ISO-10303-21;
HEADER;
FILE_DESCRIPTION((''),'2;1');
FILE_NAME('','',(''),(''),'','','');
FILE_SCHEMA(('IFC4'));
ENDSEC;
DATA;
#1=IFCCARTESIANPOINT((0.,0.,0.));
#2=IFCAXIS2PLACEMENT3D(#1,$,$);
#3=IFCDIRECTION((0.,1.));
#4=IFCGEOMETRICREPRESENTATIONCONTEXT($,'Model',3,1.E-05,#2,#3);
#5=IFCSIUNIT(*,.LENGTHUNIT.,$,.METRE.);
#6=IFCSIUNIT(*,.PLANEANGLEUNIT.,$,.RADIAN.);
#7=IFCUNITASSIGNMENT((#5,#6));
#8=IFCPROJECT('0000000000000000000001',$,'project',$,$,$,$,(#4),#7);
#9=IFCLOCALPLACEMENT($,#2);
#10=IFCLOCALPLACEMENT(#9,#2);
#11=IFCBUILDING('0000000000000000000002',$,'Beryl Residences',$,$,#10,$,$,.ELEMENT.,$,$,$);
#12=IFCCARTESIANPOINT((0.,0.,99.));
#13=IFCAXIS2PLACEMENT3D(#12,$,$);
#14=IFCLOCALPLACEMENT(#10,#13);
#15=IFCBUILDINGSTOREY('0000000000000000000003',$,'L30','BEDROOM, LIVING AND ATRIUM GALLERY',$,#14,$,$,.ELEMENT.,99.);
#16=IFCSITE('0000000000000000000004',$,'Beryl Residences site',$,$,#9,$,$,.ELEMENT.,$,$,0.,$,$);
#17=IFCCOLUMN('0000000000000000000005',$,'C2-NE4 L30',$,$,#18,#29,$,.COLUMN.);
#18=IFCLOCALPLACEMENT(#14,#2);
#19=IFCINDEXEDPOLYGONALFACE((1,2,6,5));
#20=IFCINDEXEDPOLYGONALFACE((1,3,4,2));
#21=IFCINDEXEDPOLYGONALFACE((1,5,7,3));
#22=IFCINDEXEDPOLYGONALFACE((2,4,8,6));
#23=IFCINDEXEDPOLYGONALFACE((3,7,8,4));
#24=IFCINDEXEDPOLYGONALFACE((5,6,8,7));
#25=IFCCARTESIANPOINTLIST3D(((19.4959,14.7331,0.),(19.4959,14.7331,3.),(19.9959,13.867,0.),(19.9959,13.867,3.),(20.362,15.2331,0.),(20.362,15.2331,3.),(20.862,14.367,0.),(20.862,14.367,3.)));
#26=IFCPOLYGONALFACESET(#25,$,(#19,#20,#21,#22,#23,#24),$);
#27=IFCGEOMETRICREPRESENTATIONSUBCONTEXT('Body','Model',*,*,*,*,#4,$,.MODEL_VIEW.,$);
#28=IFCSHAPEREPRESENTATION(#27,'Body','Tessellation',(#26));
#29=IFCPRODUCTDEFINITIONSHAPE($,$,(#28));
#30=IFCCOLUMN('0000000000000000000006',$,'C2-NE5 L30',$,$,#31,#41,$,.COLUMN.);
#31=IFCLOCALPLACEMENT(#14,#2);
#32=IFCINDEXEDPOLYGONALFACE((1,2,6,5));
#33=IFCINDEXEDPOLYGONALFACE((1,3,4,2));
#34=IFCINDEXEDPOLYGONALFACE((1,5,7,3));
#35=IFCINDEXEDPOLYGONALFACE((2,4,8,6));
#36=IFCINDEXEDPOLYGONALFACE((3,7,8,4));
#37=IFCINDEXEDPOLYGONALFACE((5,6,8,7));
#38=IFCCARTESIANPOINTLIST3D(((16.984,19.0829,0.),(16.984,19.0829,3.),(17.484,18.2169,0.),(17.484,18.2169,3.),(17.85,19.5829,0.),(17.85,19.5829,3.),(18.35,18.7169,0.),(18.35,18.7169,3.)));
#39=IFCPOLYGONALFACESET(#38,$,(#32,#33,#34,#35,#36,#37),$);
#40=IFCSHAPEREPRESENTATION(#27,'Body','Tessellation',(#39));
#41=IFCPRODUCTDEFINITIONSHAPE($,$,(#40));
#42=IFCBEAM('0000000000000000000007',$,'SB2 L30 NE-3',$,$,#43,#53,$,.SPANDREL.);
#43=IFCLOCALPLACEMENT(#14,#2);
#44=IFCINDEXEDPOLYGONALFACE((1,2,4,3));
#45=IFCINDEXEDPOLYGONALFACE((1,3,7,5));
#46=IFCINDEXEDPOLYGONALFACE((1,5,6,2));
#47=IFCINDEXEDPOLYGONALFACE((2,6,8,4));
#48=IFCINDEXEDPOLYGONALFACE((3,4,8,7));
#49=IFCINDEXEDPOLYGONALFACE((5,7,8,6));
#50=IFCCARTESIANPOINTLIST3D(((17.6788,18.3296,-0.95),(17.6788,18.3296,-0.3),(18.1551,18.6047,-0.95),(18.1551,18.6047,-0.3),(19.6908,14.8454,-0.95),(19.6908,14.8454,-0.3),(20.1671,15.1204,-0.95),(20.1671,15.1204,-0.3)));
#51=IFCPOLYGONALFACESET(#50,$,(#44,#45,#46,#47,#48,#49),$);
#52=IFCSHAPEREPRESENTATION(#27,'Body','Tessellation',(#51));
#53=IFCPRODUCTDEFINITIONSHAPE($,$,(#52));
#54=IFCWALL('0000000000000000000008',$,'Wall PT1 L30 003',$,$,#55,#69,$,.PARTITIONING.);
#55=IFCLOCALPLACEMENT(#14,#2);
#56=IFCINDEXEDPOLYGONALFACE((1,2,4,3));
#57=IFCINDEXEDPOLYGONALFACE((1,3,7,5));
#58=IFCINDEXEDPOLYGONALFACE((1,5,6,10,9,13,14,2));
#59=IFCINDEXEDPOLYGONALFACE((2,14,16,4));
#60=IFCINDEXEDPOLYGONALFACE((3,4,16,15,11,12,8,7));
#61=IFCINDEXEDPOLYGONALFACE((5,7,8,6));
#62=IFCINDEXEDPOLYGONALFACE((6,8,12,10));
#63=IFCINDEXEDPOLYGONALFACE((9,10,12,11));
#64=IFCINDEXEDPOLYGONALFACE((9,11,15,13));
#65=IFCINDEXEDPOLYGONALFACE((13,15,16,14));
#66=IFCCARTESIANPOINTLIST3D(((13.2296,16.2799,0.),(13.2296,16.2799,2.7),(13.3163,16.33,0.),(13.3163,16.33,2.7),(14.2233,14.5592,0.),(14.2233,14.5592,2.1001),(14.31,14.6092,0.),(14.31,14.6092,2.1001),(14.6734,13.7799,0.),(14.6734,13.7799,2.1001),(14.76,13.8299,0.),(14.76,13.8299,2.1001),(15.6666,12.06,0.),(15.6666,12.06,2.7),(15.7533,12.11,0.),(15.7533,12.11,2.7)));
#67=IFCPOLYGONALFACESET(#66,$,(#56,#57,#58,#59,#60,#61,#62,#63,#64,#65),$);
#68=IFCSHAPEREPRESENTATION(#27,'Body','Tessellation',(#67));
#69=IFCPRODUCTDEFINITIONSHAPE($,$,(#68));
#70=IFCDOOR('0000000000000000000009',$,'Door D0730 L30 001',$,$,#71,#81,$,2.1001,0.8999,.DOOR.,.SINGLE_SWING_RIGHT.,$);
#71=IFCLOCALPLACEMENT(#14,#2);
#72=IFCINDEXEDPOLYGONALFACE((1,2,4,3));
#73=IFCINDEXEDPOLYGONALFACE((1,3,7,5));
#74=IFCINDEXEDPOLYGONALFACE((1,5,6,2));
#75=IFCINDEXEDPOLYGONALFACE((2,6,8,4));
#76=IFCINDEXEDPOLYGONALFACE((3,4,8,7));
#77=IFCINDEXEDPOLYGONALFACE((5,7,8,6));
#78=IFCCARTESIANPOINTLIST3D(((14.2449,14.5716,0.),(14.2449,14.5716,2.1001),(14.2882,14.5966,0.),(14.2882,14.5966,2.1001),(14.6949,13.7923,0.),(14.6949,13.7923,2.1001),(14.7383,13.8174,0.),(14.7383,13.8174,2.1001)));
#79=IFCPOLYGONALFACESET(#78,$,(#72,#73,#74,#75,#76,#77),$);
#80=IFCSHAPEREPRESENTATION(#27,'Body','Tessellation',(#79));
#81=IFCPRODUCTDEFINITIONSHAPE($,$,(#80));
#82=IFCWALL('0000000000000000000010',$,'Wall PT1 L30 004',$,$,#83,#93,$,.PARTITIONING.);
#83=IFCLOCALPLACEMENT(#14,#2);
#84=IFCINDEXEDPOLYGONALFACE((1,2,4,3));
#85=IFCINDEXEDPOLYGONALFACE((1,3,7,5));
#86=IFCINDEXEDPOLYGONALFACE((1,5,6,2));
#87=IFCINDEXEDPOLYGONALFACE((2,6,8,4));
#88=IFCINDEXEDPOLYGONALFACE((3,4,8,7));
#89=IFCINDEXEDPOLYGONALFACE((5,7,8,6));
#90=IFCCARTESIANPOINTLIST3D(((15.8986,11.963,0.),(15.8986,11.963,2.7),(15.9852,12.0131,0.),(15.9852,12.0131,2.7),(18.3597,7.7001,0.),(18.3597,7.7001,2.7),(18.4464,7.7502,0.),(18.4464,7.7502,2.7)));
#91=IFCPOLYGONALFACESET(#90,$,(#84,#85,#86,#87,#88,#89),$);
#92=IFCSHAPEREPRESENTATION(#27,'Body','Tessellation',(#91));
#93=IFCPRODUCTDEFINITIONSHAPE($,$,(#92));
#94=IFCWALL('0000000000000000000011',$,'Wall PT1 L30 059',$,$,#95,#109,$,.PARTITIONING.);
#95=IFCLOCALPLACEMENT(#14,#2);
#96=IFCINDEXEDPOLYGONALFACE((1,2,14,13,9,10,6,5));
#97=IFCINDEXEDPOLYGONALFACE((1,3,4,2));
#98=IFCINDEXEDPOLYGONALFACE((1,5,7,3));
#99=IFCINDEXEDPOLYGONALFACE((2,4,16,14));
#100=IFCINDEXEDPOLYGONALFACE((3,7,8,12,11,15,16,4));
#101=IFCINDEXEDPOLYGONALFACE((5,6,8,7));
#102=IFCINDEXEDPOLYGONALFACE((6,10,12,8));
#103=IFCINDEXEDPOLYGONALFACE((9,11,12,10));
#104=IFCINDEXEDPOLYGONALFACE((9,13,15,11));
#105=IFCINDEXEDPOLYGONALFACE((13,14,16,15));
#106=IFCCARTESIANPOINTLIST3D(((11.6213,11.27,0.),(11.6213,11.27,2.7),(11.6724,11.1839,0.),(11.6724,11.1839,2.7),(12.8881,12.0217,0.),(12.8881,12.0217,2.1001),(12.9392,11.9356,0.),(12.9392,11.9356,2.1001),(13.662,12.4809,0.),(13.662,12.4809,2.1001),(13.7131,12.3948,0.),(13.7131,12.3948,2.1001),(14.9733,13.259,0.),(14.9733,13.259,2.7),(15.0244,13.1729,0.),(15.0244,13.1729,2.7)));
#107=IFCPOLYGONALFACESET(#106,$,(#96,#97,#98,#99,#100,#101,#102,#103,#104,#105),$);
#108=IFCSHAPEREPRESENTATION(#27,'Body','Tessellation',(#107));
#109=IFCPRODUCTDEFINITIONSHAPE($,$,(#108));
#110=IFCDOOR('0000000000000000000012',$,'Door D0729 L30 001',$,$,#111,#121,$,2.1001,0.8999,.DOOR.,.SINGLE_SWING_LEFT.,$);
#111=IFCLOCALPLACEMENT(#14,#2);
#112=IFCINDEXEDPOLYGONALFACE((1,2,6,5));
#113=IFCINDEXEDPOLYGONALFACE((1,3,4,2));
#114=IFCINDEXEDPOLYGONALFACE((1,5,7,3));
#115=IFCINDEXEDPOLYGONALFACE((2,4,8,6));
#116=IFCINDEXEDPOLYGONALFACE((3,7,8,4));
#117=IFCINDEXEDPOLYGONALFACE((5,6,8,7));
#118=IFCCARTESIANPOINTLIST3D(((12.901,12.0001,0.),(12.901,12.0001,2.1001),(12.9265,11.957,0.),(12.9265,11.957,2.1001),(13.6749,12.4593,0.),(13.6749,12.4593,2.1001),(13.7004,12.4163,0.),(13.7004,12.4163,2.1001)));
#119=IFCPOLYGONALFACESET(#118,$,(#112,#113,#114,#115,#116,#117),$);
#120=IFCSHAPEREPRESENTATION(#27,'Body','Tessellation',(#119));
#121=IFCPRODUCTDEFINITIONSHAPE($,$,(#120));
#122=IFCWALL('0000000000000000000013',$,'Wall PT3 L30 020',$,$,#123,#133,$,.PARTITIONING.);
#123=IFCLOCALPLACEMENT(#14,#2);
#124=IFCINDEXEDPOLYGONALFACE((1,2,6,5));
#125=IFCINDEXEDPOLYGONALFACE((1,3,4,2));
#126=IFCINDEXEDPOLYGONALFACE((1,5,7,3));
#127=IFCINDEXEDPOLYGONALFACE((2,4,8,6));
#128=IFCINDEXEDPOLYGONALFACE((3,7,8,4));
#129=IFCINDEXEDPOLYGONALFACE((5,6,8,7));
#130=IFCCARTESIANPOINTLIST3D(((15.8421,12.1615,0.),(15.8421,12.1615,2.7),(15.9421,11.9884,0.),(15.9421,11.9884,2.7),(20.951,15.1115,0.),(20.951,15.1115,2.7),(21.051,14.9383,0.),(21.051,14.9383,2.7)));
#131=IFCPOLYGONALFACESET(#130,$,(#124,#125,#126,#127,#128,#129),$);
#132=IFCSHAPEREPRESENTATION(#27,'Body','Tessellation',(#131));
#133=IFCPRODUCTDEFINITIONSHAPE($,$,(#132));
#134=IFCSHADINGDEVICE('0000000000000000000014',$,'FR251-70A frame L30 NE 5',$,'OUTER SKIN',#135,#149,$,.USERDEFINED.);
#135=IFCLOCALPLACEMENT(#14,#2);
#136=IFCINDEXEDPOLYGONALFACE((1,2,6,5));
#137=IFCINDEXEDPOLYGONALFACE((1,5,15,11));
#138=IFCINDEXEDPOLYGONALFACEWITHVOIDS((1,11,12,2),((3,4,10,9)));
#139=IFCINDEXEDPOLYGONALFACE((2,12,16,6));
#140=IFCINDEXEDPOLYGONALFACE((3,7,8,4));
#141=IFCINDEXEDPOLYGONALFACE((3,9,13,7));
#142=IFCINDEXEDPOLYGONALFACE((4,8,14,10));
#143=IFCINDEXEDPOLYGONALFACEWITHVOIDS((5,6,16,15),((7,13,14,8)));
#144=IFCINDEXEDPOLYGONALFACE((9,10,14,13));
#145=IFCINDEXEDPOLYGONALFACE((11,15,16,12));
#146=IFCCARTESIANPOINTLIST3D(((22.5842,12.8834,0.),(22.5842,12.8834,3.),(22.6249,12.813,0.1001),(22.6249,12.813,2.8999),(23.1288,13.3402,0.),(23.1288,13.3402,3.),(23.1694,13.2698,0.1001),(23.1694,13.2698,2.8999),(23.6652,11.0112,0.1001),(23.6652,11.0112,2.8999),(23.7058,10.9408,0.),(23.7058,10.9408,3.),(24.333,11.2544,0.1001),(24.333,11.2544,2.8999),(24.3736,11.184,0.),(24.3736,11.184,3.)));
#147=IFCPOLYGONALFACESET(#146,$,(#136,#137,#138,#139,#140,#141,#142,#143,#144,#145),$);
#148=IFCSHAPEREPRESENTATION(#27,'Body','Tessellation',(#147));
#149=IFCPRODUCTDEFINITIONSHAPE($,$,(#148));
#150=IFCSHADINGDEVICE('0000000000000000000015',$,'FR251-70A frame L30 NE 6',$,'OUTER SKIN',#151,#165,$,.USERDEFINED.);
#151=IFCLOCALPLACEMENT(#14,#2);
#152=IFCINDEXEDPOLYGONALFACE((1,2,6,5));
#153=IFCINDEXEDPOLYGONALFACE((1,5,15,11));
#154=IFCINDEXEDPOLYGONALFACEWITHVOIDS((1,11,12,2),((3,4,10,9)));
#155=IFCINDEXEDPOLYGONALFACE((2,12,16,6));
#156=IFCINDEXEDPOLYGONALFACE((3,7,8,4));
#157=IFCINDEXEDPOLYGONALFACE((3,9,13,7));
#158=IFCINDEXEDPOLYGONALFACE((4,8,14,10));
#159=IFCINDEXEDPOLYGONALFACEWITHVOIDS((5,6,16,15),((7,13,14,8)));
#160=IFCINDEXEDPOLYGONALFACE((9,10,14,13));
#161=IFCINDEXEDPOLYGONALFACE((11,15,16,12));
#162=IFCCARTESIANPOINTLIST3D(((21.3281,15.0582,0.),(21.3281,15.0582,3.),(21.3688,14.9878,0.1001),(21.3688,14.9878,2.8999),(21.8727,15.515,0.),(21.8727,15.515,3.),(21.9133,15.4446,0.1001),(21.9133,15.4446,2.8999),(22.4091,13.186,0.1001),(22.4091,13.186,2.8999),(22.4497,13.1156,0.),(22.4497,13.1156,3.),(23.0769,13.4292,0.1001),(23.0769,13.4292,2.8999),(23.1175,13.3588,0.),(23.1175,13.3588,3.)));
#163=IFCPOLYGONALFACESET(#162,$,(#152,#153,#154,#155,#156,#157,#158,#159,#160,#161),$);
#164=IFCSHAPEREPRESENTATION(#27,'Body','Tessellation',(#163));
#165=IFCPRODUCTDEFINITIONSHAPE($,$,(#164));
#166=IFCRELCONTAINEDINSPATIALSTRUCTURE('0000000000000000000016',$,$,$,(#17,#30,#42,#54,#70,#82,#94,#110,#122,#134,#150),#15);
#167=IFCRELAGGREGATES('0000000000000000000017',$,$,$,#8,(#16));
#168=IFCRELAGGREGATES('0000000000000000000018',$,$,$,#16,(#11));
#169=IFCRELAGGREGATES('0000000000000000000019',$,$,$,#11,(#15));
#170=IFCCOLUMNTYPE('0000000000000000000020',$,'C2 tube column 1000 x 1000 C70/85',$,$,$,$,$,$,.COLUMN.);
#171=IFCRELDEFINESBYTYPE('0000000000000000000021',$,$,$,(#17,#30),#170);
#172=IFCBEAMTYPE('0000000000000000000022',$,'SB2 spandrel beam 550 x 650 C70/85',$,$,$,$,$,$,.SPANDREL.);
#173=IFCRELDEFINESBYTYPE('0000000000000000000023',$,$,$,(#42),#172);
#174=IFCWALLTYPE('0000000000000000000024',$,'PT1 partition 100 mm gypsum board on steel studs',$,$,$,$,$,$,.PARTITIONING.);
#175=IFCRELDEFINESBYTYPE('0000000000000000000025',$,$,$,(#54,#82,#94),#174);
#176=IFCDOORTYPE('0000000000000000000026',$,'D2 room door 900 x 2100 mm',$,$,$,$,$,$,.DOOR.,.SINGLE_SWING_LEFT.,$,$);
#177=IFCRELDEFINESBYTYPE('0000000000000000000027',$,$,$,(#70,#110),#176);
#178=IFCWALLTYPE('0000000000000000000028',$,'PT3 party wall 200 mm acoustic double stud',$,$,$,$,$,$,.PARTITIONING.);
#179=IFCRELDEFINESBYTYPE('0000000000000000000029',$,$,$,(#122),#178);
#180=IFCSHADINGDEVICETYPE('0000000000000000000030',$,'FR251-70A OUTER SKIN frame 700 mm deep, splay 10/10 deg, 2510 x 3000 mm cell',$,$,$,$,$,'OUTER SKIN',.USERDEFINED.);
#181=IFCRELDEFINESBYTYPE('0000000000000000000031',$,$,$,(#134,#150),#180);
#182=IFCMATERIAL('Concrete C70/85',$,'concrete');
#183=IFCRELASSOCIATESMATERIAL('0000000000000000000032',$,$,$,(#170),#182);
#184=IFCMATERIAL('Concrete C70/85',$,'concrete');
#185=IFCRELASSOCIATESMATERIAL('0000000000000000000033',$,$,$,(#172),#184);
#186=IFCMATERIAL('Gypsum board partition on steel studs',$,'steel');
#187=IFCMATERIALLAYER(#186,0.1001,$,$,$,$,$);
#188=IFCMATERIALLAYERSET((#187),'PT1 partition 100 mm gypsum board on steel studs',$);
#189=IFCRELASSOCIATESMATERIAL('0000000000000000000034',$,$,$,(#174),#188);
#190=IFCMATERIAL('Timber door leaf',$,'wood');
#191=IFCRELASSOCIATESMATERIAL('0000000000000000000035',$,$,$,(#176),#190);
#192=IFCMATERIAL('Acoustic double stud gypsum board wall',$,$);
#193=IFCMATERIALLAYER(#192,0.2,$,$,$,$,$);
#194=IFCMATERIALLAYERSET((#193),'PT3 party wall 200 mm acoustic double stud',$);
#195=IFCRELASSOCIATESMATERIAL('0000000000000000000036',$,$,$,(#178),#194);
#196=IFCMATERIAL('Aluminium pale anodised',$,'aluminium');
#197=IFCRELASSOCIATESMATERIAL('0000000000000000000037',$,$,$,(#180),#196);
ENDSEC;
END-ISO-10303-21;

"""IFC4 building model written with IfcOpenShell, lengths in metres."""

from ifc_helpers import new_model, entity, si_unit, direction, frame, frame_2d, origin, origin_2d, place, context, subcontext, project, spatial, rectangle, extrude, source, transform, mapped, material, layer, layer_set, material_profile, profile_set, type_object, type_shapes, element, fill, save


model = new_model("IFC4")

# Units and contexts
model_context = context("Model", 3, precision=1e-05, world=origin(), true_north=direction((0.0, 1.0)))
body_context = subcontext(model_context, "Body", "Model", "MODEL_VIEW")
ifc_project = project(units=[si_unit("LENGTHUNIT", "METRE"), si_unit("PLANEANGLEUNIT", "RADIAN")], contexts=[model_context])

# Site, building, storey
site_placement = place(None, origin())
site = spatial("IfcSite", under=ifc_project, at=site_placement, Name="Beryl Residences site", CompositionType="ELEMENT", RefElevation=0.0)
building_placement = place(site_placement, origin())
building = spatial("IfcBuilding", under=site, at=building_placement, Name="Beryl Residences", CompositionType="ELEMENT")
storey_placement = place(building_placement, frame((0.0, 0.0, 99.0)))
storey = spatial("IfcBuildingStorey", under=building, at=storey_placement, Name="L30", Description="BEDROOM, LIVING AND ATRIUM GALLERY", CompositionType="ELEMENT", Elevation=99.0)

# Columns
ifc_material_1 = material(Name="Concrete C70/85", Category="concrete")
ifc_material_profile_1 = material_profile(ifc_material_1, rectangle(XDim=1.0, YDim=1.0, at=origin_2d()))
ifc_profile_set_1 = profile_set([ifc_material_profile_1], Name="Concrete C70/85")
column_type = type_object("IfcColumnType", Name="C2 tube column 1000 x 1000 C70/85", PredefinedType="COLUMN", material=ifc_profile_set_1)
for number, where, z_axis, x_axis, name in (
    (1, (20.179, 14.55, 0.0), (0.0, 0.0, 1.0), (-0.5, 0.866025, 0.0), "C2-NE4 L30"),
    (2, (17.667, 18.8999, 0.0), (0.0, 0.0, 1.0), (-0.5, 0.866025, 0.0), "C2-NE5 L30"),
):
    element("IfcColumn", number, at=place(storey_placement, frame(where, z_axis=z_axis, x_axis=x_axis)), inside=storey, type_object=column_type, Name=name, PredefinedType="COLUMN", context=body_context, shape_type="SweptSolid", body=[
        extrude(rectangle(XDim=1.0, YDim=1.0, at=origin_2d()), origin(), (0.0, 0.0, 1.0), 3.0),
    ])

# Beam
ifc_material_2 = material(Name="Concrete C70/85", Category="concrete")
ifc_material_profile_2 = material_profile(ifc_material_2, rectangle(XDim=0.55, YDim=0.6499, at=origin_2d()))
ifc_profile_set_2 = profile_set([ifc_material_profile_2], Name="Concrete C70/85")
beam_type = type_object("IfcBeamType", Name="SB2 spandrel beam 550 x 650 C70/85", PredefinedType="SPANDREL", material=ifc_profile_set_2)
beam_placement = place(storey_placement, frame((19.929, 14.9829, -0.625), z_axis=(-0.500074, 0.865982, 0.0), x_axis=(-0.865982, -0.500074, 0.0)))
element("IfcBeam", 3, at=beam_placement, inside=storey, type_object=beam_type, Name="SB2 L30 NE-3", PredefinedType="SPANDREL", context=body_context, shape_type="SweptSolid", body=[
    extrude(rectangle(XDim=0.55, YDim=0.6499, at=origin_2d()), origin(), (0.0, 0.0, 1.0), 4.0234),
])

# Wall, opening, door
ifc_material_3 = material(Name="Gypsum board partition on steel studs", Category="steel")
ifc_layer_1 = layer(ifc_material_3, 0.1001)
ifc_layer_set_1 = layer_set([ifc_layer_1], Name="PT1 partition 100 mm gypsum board on steel studs")
wall_type_1 = type_object("IfcWallType", Name="PT1 partition 100 mm gypsum board on steel studs", PredefinedType="PARTITIONING", material=ifc_layer_set_1)
wall_1_placement = place(storey_placement, frame((13.2729, 16.3049, 0.0), z_axis=(0.0, 0.0, 1.0), x_axis=(0.500094, -0.865971, 0.0)))
wall_1 = element("IfcWall", 4, at=wall_1_placement, inside=storey, type_object=wall_type_1, Name="Wall PT1 L30 003", PredefinedType="PARTITIONING", context=body_context, shape_type="SweptSolid", body=[
    extrude(rectangle(XDim=4.873, YDim=0.1001, at=frame_2d((2.4365, 0.0))), origin(), (0.0, 0.0, 1.0), 2.7),
])
opening_1_placement = place(wall_1_placement, frame((1.9871, 0.0, 0.0)))
opening_1 = element("IfcOpeningElement", 5, at=opening_1_placement, cuts=wall_1, PredefinedType="OPENING", context=body_context, shape_type="SweptSolid", body=[
    extrude(rectangle(XDim=0.8999, YDim=2.1001, at=frame_2d((0.45, 1.05))), frame((0.0, 0.0601, 0.0), z_axis=(0.0, -1.0, 0.0), x_axis=(1.0, 0.0, 0.0)), (0.0, 0.0, 1.0), 0.1201),
])
ifc_material_4 = material(Name="Timber door leaf", Category="wood")
door_type = type_object("IfcDoorType", Name="D2 room door 900 x 2100 mm", OperationType="SINGLE_SWING_LEFT", PredefinedType="DOOR", material=ifc_material_4)
door_1_placement = place(opening_1_placement, origin())
door_1 = element("IfcDoor", 6, at=door_1_placement, inside=storey, type_object=door_type, Name="Door D0730 L30 001", OperationType="SINGLE_SWING_RIGHT", OverallHeight=2.1001, OverallWidth=0.8999, PredefinedType="DOOR", context=body_context, shape_type="SweptSolid", body=[
    extrude(rectangle(XDim=0.8999, YDim=2.1001, at=frame_2d((0.45, 1.05))), frame((0.0, 0.0249, 0.0), z_axis=(0.0, -1.0, 0.0), x_axis=(1.0, 0.0, 0.0)), (0.0, 0.0, 1.0), 0.05),
])
fill(opening_1, door_1)

# Wall
wall_2_placement = place(storey_placement, frame((15.9419, 11.988, 0.0), z_axis=(0.0, 0.0, 1.0), x_axis=(0.499996, -0.866028, 0.0)))
element("IfcWall", 7, at=wall_2_placement, inside=storey, type_object=wall_type_1, Name="Wall PT1 L30 004", PredefinedType="PARTITIONING", context=body_context, shape_type="SweptSolid", body=[
    extrude(rectangle(XDim=4.9224, YDim=0.1001, at=frame_2d((2.4612, 0.0))), origin(), (0.0, 0.0, 1.0), 2.7),
])

# Wall, opening, door
wall_3_placement = place(storey_placement, frame((11.647, 11.2271, 0.0), z_axis=(0.0, 0.0, 1.0), x_axis=(0.859997, 0.510299, 0.0)))
wall_3 = element("IfcWall", 8, at=wall_3_placement, inside=storey, type_object=wall_type_1, Name="Wall PT1 L30 059", PredefinedType="PARTITIONING", context=body_context, shape_type="SweptSolid", body=[
    extrude(rectangle(XDim=3.8977, YDim=0.1001, at=frame_2d((1.9487, 0.0))), origin(), (0.0, 0.0, 1.0), 2.7),
])
opening_2_placement = place(wall_3_placement, frame((1.4729, 0.0, 0.0)))
opening_2 = element("IfcOpeningElement", 9, at=opening_2_placement, cuts=wall_3, PredefinedType="OPENING", context=body_context, shape_type="SweptSolid", body=[
    extrude(rectangle(XDim=0.8999, YDim=2.1001, at=frame_2d((0.45, 1.05))), frame((0.0, 0.0601, 0.0), z_axis=(0.0, -1.0, 0.0), x_axis=(1.0, 0.0, 0.0)), (0.0, 0.0, 1.0), 0.1201),
])
door_2_placement = place(opening_2_placement, origin())
door_2 = element("IfcDoor", 10, at=door_2_placement, inside=storey, type_object=door_type, Name="Door D0729 L30 001", OperationType="SINGLE_SWING_LEFT", OverallHeight=2.1001, OverallWidth=0.8999, PredefinedType="DOOR", context=body_context, shape_type="SweptSolid", body=[
    extrude(rectangle(XDim=0.8999, YDim=2.1001, at=frame_2d((0.45, 1.05))), frame((0.0, 0.0249, 0.0), z_axis=(0.0, -1.0, 0.0), x_axis=(1.0, 0.0, 0.0)), (0.0, 0.0, 1.0), 0.05),
])
fill(opening_2, door_2)

# Wall
ifc_material_5 = material(Name="Acoustic double stud gypsum board wall")
ifc_layer_2 = layer(ifc_material_5, 0.2)
ifc_layer_set_2 = layer_set([ifc_layer_2], Name="PT3 party wall 200 mm acoustic double stud")
wall_type_2 = type_object("IfcWallType", Name="PT3 party wall 200 mm acoustic double stud", PredefinedType="PARTITIONING", material=ifc_layer_set_2)
wall_4_placement = place(storey_placement, frame((15.8921, 12.075, 0.0), z_axis=(0.0, 0.0, 1.0), x_axis=(0.866001, 0.500042, 0.0)))
element("IfcWall", 11, at=wall_4_placement, inside=storey, type_object=wall_type_2, Name="Wall PT3 L30 020", PredefinedType="PARTITIONING", context=body_context, shape_type="SweptSolid", body=[
    extrude(rectangle(XDim=5.8994, YDim=0.2, at=frame_2d((2.9497, 0.0))), origin(), (0.0, 0.0, 1.0), 2.7),
])

# Shading devices
ifc_material_6 = material(Name="Aluminium pale anodised", Category="aluminium")
shading_device_type = type_object("IfcShadingDeviceType", Name="FR251-70A OUTER SKIN frame 700 mm deep, splay 10/10 deg, 2510 x 3000 mm cell", ElementType="OUTER SKIN", PredefinedType="USERDEFINED", material=ifc_material_6)
cartesian_point_1 = entity("IfcCartesianPoint", [-1.1216, 0.0])
cartesian_point_2 = entity("IfcCartesianPoint", [-1.0403, 0.1001])
cartesian_point_3 = entity("IfcCartesianPoint", [-1.2449, 0.0])
cartesian_point_4 = entity("IfcCartesianPoint", [-1.1636, 0.1001])
shared_shape_1 = source(origin(), body_context, "Body", "SweptSolid", [
    entity("IfcExtrudedAreaSolidTapered", entity("IfcArbitraryProfileDefWithVoids", "AREA", None, entity("IfcPolyline", [cartesian_point_1, entity("IfcCartesianPoint", [1.1216, 0.0]), entity("IfcCartesianPoint", [1.1216, 3.0]), entity("IfcCartesianPoint", [-1.1216, 3.0]), cartesian_point_1]), [entity("IfcPolyline", [cartesian_point_2, entity("IfcCartesianPoint", [1.0403, 0.1001]), entity("IfcCartesianPoint", [1.0403, 2.8999]), entity("IfcCartesianPoint", [-1.0403, 2.8999]), cartesian_point_2])]), entity("IfcAxis2Placement3D", entity("IfcCartesianPoint", [0.0, 0.0, 0.0]), entity("IfcDirection", [0.0, 1.0, 0.0]), entity("IfcDirection", [-1.0, 0.0, 0.0])), entity("IfcDirection", [0.0, 0.0, 1.0]), 0.7, entity("IfcArbitraryProfileDefWithVoids", "AREA", None, entity("IfcPolyline", [cartesian_point_3, entity("IfcCartesianPoint", [1.2449, 0.0]), entity("IfcCartesianPoint", [1.2449, 3.0]), entity("IfcCartesianPoint", [-1.2449, 3.0]), cartesian_point_3]), [entity("IfcPolyline", [cartesian_point_4, entity("IfcCartesianPoint", [1.1636, 0.1001]), entity("IfcCartesianPoint", [1.1636, 2.8999]), entity("IfcCartesianPoint", [-1.1636, 2.8999]), cartesian_point_4])])),
])
type_shapes(shading_device_type, [shared_shape_1])
for number, where, z_axis, x_axis, name in (
    (12, (23.145, 11.9121, 0.0), (0.0, 0.0, 1.0), (0.5, -0.866025, 0.0), "FR251-70A frame L30 NE 5"),
    (13, (21.8889, 14.0869, 0.0), (0.0, 0.0, 1.0), (0.5, -0.866025, 0.0), "FR251-70A frame L30 NE 6"),
):
    element("IfcShadingDevice", number, at=place(storey_placement, frame(where, z_axis=z_axis, x_axis=x_axis)), inside=storey, type_object=shading_device_type, Name=name, ObjectType="OUTER SKIN", PredefinedType="USERDEFINED", context=body_context, shape_type="MappedRepresentation", body=[
        mapped(shared_shape_1, transform((0.0, 0.0, 0.0))),
    ])

save(model, "model.ifc")
